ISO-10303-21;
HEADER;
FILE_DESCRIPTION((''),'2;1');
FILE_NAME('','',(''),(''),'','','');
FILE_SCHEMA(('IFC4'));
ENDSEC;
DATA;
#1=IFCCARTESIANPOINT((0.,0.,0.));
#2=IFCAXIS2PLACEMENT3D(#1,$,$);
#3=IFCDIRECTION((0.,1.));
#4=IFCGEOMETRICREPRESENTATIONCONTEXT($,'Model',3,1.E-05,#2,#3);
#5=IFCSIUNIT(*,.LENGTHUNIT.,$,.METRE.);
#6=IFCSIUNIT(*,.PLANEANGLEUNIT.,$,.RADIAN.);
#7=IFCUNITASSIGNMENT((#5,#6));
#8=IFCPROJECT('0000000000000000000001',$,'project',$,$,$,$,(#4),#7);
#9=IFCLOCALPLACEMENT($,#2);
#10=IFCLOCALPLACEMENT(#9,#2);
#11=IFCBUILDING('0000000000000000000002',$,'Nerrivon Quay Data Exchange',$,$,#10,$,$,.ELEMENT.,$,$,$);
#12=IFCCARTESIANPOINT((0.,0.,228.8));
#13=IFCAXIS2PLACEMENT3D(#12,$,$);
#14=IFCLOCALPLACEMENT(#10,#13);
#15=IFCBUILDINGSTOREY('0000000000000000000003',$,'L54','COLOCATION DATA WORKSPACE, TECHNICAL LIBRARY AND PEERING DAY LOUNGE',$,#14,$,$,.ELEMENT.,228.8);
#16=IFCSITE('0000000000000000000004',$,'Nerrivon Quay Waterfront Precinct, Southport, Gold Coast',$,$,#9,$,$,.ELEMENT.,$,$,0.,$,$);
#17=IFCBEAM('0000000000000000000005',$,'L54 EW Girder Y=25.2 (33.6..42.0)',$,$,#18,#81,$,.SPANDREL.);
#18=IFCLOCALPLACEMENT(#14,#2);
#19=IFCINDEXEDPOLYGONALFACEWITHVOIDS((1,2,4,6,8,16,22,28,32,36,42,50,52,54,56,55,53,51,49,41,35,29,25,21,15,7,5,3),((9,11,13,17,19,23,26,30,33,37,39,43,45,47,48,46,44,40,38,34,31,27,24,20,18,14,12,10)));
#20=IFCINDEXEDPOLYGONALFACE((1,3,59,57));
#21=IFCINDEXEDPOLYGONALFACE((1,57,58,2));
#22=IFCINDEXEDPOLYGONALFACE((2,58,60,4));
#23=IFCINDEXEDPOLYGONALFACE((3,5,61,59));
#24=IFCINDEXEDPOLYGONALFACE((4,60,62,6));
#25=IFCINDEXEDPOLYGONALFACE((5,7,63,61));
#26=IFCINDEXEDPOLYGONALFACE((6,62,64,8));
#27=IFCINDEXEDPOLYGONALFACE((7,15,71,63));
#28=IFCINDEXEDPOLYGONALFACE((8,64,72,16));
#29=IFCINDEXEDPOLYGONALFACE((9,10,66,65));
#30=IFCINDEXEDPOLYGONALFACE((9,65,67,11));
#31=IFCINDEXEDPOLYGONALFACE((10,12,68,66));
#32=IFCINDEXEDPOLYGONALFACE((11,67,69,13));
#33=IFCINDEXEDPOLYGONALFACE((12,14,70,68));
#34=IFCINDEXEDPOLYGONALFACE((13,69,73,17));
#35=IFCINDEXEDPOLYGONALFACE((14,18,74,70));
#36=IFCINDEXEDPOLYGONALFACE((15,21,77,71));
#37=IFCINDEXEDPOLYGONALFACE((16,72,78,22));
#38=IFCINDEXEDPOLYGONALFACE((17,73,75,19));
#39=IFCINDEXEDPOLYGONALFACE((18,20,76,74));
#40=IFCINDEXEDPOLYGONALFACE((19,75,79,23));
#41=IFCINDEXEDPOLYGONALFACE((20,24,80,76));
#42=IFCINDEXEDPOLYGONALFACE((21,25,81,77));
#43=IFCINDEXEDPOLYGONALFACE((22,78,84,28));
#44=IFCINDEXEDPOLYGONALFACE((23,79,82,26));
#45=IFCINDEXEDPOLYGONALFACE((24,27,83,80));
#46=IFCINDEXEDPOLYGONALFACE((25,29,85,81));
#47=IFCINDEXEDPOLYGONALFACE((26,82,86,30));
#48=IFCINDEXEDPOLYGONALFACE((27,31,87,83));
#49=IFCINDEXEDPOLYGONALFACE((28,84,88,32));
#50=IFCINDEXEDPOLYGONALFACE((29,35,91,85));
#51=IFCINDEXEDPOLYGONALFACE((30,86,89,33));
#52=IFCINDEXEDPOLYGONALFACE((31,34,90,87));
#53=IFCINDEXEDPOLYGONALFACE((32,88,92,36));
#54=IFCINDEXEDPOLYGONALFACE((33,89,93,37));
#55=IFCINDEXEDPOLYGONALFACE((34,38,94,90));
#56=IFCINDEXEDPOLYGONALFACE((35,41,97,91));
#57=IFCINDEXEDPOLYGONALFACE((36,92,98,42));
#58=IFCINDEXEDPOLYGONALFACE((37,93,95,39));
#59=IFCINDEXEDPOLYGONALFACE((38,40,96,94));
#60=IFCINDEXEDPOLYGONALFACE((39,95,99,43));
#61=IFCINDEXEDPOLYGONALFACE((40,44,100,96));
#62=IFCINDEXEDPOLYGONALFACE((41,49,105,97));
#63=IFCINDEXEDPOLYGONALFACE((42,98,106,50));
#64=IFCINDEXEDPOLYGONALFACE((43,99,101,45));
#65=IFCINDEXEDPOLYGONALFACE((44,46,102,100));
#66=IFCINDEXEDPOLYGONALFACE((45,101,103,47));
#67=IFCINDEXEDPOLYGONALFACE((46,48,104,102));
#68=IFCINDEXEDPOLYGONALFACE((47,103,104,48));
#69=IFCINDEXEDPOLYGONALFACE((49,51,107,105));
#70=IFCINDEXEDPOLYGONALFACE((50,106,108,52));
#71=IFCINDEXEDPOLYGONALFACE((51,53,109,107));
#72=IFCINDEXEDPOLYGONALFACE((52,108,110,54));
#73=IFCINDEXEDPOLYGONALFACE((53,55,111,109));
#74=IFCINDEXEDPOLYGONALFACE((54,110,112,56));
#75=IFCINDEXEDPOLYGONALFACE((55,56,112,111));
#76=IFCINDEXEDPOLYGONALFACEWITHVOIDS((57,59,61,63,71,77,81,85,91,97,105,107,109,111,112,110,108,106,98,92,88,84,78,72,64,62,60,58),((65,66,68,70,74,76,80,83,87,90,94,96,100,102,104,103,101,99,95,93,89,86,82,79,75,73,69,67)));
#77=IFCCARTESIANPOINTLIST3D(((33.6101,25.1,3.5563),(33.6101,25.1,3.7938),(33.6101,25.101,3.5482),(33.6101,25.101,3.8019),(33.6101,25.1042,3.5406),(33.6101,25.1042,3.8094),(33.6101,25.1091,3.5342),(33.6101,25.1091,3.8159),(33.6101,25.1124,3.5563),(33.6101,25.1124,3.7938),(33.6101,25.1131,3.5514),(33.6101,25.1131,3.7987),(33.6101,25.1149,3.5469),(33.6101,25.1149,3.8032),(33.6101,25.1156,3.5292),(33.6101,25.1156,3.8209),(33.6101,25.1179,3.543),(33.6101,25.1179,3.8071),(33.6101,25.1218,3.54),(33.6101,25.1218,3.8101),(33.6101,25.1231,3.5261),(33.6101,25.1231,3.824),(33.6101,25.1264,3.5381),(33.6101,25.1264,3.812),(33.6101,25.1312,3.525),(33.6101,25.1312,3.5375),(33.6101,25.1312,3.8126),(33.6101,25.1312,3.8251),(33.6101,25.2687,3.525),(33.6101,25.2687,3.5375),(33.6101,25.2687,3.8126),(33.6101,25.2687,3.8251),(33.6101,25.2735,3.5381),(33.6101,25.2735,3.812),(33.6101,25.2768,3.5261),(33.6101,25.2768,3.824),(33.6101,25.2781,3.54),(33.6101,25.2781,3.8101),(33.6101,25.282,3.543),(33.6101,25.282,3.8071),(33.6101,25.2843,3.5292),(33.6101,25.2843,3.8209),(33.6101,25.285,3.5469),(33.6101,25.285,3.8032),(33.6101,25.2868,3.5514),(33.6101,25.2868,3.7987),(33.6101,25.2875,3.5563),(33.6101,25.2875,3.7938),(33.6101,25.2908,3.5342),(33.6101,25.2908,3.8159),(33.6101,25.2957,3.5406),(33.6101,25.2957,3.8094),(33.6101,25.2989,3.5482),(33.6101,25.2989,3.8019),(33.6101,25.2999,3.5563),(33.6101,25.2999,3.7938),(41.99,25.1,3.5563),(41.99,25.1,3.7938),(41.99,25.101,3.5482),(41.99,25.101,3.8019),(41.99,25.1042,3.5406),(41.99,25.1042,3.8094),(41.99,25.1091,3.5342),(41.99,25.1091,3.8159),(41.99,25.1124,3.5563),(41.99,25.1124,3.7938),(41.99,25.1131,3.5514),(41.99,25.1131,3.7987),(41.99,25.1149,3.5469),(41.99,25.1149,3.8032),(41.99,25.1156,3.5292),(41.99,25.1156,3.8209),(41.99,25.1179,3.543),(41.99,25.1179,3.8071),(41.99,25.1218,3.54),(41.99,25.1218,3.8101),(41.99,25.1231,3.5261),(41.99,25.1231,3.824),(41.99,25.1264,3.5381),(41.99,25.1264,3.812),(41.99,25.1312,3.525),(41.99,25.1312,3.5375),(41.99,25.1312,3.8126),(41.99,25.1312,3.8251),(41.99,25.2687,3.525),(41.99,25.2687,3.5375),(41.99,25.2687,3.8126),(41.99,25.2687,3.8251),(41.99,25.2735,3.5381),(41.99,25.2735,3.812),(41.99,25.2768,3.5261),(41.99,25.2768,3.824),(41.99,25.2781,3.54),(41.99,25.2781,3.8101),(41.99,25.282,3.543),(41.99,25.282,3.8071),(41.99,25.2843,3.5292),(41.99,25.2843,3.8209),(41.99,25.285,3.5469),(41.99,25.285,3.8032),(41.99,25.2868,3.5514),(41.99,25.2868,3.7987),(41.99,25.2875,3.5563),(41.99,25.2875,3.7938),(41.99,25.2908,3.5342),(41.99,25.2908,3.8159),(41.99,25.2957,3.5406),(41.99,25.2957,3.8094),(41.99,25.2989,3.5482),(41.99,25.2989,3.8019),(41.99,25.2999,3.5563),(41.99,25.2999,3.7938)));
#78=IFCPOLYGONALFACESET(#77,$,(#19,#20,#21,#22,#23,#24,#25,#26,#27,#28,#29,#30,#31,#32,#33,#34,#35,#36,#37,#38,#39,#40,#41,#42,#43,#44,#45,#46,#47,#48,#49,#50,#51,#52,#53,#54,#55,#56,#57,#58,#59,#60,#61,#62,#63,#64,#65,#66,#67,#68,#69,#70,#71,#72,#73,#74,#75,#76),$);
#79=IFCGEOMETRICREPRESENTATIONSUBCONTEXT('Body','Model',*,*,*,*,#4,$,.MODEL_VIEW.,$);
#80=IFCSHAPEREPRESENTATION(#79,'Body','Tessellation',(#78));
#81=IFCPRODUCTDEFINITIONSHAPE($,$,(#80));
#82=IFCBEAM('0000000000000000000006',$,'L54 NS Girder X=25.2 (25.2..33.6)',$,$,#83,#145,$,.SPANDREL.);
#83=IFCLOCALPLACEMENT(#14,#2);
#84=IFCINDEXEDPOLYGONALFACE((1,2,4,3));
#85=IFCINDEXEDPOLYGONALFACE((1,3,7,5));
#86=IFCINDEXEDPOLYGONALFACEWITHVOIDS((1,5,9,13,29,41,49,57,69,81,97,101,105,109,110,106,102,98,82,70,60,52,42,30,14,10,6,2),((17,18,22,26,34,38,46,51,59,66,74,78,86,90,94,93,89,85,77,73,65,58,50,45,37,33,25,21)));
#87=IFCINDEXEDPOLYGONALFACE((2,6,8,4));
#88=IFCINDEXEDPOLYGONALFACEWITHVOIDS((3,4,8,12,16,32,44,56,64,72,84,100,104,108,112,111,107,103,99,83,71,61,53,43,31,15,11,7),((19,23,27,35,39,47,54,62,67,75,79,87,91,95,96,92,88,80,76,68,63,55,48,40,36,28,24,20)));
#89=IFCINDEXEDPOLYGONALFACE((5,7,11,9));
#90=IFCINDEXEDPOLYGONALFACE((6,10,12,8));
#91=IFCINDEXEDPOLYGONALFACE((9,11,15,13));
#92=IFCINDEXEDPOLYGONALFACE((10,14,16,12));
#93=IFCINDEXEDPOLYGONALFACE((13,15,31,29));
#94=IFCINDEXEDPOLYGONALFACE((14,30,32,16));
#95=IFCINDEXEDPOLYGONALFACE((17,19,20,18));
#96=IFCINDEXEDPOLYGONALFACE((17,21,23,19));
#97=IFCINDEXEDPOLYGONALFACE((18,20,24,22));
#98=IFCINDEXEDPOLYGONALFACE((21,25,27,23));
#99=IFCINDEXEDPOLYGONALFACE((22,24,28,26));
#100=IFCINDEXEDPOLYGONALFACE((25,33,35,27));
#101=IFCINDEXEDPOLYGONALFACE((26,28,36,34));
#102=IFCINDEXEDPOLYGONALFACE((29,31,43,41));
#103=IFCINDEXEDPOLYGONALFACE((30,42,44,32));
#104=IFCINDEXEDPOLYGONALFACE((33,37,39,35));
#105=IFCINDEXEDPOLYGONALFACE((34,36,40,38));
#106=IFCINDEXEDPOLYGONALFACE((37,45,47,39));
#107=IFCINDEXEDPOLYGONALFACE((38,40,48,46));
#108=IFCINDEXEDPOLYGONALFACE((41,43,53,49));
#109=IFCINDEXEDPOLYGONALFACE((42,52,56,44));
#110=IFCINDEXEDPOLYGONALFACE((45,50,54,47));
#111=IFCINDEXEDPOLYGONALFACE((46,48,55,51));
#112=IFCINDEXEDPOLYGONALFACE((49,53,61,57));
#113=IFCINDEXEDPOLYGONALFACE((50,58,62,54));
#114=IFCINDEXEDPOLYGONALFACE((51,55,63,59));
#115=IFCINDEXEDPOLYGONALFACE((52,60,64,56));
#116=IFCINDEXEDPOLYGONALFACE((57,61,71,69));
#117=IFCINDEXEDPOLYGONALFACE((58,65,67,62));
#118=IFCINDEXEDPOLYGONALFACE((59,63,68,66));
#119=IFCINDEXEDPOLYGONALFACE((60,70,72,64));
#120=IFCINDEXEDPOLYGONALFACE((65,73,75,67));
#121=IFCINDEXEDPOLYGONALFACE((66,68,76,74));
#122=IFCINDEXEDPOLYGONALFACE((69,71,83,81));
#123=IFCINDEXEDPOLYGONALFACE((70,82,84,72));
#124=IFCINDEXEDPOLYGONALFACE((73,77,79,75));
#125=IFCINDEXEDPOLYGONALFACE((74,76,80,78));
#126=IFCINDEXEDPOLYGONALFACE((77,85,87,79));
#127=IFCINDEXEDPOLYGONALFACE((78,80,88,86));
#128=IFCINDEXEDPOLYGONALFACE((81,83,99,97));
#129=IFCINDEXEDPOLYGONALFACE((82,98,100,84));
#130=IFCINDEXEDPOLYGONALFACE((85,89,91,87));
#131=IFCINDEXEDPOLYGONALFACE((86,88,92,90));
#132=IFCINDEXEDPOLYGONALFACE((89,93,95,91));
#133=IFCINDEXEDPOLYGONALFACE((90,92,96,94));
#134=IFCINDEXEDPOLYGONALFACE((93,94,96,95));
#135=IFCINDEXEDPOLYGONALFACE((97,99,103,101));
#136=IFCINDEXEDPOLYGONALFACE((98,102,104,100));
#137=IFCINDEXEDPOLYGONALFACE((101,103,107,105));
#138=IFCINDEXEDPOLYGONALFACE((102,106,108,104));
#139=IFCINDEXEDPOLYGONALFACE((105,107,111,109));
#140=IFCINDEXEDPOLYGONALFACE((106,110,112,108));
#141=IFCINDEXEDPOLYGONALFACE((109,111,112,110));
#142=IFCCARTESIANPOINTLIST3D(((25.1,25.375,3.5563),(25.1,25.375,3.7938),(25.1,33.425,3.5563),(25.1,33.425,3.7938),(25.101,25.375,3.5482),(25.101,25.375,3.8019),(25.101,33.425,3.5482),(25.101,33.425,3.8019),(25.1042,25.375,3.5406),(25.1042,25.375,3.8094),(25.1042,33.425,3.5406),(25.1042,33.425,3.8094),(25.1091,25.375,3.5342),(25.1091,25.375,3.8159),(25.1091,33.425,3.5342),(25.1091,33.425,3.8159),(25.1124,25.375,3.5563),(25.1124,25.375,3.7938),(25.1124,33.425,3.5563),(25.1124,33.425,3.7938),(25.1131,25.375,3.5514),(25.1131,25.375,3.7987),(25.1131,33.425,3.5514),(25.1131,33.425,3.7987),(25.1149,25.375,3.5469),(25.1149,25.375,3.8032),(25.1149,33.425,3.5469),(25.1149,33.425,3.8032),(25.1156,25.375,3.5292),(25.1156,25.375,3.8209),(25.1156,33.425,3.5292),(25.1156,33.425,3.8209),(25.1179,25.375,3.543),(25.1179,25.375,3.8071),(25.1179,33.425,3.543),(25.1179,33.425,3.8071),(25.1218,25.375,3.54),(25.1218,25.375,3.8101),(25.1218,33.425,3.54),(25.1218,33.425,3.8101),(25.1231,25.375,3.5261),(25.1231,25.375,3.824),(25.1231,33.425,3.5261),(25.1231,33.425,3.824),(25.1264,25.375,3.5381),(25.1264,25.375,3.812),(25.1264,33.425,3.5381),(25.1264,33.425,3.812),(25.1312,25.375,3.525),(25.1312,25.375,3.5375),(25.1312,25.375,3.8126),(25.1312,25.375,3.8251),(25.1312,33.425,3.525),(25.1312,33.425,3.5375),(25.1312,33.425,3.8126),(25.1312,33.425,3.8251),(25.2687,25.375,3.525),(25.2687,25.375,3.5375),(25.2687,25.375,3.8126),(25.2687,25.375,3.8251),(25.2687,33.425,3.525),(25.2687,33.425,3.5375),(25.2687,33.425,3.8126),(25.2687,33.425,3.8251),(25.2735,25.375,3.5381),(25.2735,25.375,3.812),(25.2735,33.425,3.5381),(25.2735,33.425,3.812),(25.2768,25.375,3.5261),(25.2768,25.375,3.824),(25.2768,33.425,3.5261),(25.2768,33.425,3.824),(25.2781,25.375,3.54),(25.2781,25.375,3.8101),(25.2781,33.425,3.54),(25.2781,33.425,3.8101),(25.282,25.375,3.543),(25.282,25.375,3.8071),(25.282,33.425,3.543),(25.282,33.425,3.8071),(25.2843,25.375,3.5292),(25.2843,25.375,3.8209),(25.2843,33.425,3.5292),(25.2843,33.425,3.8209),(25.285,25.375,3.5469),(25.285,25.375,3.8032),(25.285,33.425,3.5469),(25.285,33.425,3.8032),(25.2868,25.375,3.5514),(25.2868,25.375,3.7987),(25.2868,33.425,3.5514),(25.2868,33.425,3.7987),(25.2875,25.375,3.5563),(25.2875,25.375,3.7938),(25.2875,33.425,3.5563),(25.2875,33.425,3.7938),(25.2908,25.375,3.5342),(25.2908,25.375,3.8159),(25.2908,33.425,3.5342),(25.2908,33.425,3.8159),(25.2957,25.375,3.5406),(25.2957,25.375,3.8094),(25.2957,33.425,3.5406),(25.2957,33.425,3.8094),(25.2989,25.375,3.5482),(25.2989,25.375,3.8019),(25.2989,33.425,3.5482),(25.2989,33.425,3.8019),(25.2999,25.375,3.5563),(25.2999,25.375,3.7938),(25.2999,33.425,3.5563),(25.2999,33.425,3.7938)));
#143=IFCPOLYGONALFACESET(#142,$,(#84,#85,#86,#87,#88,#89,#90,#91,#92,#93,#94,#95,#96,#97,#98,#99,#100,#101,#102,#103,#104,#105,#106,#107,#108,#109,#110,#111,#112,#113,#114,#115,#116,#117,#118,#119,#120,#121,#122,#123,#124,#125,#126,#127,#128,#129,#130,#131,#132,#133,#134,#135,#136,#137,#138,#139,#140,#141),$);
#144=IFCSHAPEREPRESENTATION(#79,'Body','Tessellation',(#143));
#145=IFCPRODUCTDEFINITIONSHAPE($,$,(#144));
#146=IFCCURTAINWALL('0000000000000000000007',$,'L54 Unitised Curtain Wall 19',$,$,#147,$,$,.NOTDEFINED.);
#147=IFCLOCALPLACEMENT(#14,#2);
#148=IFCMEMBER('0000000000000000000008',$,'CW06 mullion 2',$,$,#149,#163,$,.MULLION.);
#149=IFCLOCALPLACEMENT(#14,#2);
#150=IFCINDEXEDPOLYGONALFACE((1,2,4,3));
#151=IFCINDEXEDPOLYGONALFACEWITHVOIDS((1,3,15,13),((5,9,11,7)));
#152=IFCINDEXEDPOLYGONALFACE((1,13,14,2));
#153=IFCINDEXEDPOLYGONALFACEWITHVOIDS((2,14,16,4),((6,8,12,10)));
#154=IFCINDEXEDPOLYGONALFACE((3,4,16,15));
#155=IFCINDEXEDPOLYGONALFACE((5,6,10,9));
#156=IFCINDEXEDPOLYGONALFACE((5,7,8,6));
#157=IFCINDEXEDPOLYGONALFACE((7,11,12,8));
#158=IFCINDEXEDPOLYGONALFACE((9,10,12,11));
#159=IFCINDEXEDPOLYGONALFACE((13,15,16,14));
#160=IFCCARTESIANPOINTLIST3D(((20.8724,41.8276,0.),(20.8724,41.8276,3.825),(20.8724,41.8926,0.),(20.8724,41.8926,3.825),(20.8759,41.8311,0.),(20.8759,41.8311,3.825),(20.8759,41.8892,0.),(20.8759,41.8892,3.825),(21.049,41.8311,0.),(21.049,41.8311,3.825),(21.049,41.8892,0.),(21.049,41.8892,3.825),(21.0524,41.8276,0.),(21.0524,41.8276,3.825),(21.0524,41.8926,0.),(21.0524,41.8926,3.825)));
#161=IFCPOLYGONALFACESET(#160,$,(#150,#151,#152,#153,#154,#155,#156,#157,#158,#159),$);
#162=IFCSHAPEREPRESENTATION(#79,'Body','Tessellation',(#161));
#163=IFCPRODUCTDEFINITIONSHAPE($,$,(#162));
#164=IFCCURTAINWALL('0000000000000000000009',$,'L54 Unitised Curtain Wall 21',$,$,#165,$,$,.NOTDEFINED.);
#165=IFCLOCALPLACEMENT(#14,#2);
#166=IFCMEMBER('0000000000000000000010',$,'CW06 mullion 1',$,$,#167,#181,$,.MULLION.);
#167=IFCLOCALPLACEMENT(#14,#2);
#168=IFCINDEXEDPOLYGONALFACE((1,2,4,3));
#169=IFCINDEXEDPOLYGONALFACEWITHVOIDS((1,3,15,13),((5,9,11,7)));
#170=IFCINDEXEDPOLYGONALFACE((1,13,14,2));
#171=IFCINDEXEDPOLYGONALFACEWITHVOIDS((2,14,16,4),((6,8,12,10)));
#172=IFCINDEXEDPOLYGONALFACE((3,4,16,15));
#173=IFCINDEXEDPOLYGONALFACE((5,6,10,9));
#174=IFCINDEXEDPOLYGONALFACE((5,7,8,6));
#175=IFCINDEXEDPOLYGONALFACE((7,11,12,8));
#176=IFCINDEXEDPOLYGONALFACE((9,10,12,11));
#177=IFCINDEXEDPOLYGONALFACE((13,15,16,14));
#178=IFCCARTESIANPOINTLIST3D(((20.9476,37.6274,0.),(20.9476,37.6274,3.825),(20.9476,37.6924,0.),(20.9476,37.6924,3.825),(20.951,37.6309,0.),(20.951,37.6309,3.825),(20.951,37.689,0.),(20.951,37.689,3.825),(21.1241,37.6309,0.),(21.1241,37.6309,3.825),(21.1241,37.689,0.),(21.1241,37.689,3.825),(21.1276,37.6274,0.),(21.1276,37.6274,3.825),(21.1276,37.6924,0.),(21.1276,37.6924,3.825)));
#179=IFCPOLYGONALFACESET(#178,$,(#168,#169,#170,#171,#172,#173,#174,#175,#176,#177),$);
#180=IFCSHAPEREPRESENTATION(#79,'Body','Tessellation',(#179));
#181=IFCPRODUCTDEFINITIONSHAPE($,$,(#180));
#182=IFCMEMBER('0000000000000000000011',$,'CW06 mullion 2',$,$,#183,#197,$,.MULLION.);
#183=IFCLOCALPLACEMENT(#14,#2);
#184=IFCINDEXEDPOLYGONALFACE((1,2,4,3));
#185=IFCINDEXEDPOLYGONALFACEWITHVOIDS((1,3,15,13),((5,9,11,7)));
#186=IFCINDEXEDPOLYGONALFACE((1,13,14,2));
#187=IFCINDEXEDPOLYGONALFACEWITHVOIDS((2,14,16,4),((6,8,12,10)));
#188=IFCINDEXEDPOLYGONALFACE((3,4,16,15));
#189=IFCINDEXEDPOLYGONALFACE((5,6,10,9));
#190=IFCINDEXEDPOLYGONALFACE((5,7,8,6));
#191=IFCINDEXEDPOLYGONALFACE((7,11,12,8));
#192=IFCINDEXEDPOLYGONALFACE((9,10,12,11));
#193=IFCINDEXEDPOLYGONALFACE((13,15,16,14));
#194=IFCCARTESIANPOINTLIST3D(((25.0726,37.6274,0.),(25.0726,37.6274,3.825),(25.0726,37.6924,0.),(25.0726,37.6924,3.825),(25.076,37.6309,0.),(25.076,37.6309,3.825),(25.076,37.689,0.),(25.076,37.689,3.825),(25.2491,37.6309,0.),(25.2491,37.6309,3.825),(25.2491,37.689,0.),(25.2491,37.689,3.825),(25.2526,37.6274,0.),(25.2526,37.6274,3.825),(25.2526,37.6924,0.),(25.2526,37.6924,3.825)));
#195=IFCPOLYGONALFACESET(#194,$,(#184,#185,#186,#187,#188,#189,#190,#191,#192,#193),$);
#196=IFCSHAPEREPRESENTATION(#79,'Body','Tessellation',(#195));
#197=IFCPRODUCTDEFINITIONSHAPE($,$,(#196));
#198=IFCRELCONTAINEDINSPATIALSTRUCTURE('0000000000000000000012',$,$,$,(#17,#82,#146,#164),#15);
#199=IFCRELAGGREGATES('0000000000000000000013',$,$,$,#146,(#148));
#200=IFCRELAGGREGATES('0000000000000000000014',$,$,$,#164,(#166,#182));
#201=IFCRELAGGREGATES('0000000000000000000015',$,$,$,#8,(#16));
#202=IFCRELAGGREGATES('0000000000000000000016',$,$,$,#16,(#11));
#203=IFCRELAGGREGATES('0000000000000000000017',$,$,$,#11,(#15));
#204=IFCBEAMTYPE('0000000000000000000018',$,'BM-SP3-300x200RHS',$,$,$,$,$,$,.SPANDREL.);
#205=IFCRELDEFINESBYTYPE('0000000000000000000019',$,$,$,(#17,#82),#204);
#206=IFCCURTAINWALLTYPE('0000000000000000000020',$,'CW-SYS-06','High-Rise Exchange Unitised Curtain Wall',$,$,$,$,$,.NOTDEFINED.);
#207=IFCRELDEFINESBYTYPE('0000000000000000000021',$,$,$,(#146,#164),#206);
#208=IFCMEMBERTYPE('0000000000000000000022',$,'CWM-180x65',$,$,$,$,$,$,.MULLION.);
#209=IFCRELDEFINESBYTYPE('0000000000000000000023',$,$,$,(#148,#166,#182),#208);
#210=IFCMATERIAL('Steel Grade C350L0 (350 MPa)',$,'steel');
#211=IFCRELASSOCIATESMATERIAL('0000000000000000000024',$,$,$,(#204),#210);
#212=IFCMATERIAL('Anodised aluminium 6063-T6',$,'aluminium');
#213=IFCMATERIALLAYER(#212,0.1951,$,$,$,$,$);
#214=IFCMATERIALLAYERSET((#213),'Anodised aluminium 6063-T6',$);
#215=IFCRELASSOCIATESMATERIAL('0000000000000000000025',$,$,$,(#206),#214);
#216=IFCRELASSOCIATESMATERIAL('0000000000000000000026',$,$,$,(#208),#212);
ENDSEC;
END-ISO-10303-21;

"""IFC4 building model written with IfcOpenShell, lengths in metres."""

from ifc_helpers import new_model, si_unit, direction, frame, origin, origin_2d, place, context, subcontext, project, spatial, hollow_rectangle, extrude, material, layer, layer_set, material_profile, profile_set, type_object, element, aggregate, save


model = new_model("IFC4")

# Units and contexts
model_context = context("Model", 3, precision=1e-05, world=origin(), true_north=direction((0.0, 1.0)))
body_context = subcontext(model_context, "Body", "Model", "MODEL_VIEW")
ifc_project = project(units=[si_unit("LENGTHUNIT", "METRE"), si_unit("PLANEANGLEUNIT", "RADIAN")], contexts=[model_context])

# Site, building, storey
site_placement = place(None, origin())
site = spatial("IfcSite", under=ifc_project, at=site_placement, Name="Nerrivon Quay Waterfront Precinct, Southport, Gold Coast", CompositionType="ELEMENT", RefElevation=0.0)
building_placement = place(site_placement, origin())
building = spatial("IfcBuilding", under=site, at=building_placement, Name="Nerrivon Quay Data Exchange", CompositionType="ELEMENT")
storey_placement = place(building_placement, frame((0.0, 0.0, 228.8)))
storey = spatial("IfcBuildingStorey", under=building, at=storey_placement, Name="L54", Description="COLOCATION DATA WORKSPACE, TECHNICAL LIBRARY AND PEERING DAY LOUNGE", CompositionType="ELEMENT", Elevation=228.8)

# Beams
ifc_material_1 = material(Name="Steel Grade C350L0 (350 MPa)", Category="steel")
ifc_material_profile_1 = material_profile(ifc_material_1, hollow_rectangle(XDim=0.2, YDim=0.3, WallThickness=0.0125, InnerFilletRadius=0.0188, OuterFilletRadius=0.0312, at=origin_2d()), Name="300x200x12.5RHS")
ifc_profile_set_1 = profile_set([ifc_material_profile_1], Name="Steel Grade C350L0 (350 MPa)")
beam_type_1 = type_object("IfcBeamType", Name="BM-SP3-300x200RHS", PredefinedType="SPANDREL", material=ifc_profile_set_1)
beam_1_placement = place(storey_placement, frame((33.6101, 25.2, 3.675), z_axis=(1.0, 0.0, 0.0), x_axis=(0.0, 1.0, 0.0)))
element("IfcBeam", 1, at=beam_1_placement, inside=storey, type_object=beam_type_1, Name="L54 EW Girder Y=25.2 (33.6..42.0)", PredefinedType="SPANDREL", context=body_context, shape_type="SweptSolid", body=[
    extrude(hollow_rectangle(XDim=0.2, YDim=0.3, WallThickness=0.0125, InnerFilletRadius=0.0188, OuterFilletRadius=0.0312, at=origin_2d()), origin(), (0.0, 0.0, 1.0), 8.3799),
])
beam_2_placement = place(storey_placement, frame((25.2, 25.375, 3.675), z_axis=(0.0, 1.0, 0.0), x_axis=(-1.0, 0.0, 0.0)))
element("IfcBeam", 2, at=beam_2_placement, inside=storey, type_object=beam_type_1, Name="L54 NS Girder X=25.2 (25.2..33.6)", PredefinedType="SPANDREL", context=body_context, shape_type="SweptSolid", body=[
    extrude(hollow_rectangle(XDim=0.2, YDim=0.3, WallThickness=0.0125, InnerFilletRadius=0.0188, OuterFilletRadius=0.0312, at=origin_2d()), origin(), (0.0, 0.0, 1.0), 8.05),
])

# Curtain wall, member
ifc_material_2 = material(Name="Anodised aluminium 6063-T6", Category="aluminium")
ifc_layer_1 = layer(ifc_material_2, 0.1951)
ifc_layer_set_1 = layer_set([ifc_layer_1], Name="Anodised aluminium 6063-T6")
curtain_wall_type = type_object("IfcCurtainWallType", Name="CW-SYS-06", Description="High-Rise Exchange Unitised Curtain Wall", PredefinedType="NOTDEFINED", material=ifc_layer_set_1)
curtain_wall_1_placement = place(storey_placement, origin())
curtain_wall_1 = element("IfcCurtainWall", 3, at=curtain_wall_1_placement, inside=storey, type_object=curtain_wall_type, Name="L54 Unitised Curtain Wall 19", PredefinedType="NOTDEFINED")
ifc_material_profile_2 = material_profile(ifc_material_2, hollow_rectangle(XDim=0.0649, YDim=0.1799, WallThickness=0.0034, at=origin_2d()), Name="ALU-MULL-180x65")
ifc_profile_set_2 = profile_set([ifc_material_profile_2], Name="Anodised aluminium 6063-T6")
member_type_1 = type_object("IfcMemberType", Name="CWM-180x65", PredefinedType="MULLION", material=ifc_profile_set_2)
member_1_placement = place(storey_placement, frame((20.9624, 41.8601, 0.0), z_axis=(0.0, 0.0, 1.0), x_axis=(0.0, 1.0, 0.0)))
member_1 = element("IfcMember", 4, at=member_1_placement, type_object=member_type_1, Name="CW06 mullion 2", PredefinedType="MULLION", context=body_context, shape_type="SweptSolid", body=[
    extrude(hollow_rectangle(XDim=0.0649, YDim=0.1799, WallThickness=0.0034, at=origin_2d()), origin(), (0.0, 0.0, 1.0), 3.825),
])
aggregate(curtain_wall_1, [member_1])

# Curtain wall, members
curtain_wall_2_placement = place(storey_placement, origin())
curtain_wall_2 = element("IfcCurtainWall", 5, at=curtain_wall_2_placement, inside=storey, type_object=curtain_wall_type, Name="L54 Unitised Curtain Wall 21", PredefinedType="NOTDEFINED")
member_2_placement = place(storey_placement, frame((21.0376, 37.6599, 0.0), z_axis=(0.0, 0.0, 1.0), x_axis=(0.0, 1.0, 0.0)))
member_2 = element("IfcMember", 6, at=member_2_placement, type_object=member_type_1, Name="CW06 mullion 1", PredefinedType="MULLION", context=body_context, shape_type="SweptSolid", body=[
    extrude(hollow_rectangle(XDim=0.0649, YDim=0.1799, WallThickness=0.0034, at=origin_2d()), origin(), (0.0, 0.0, 1.0), 3.825),
])
member_3_placement = place(storey_placement, frame((25.1626, 37.6599, 0.0), z_axis=(0.0, 0.0, 1.0), x_axis=(0.0, 1.0, 0.0)))
member_3 = element("IfcMember", 7, at=member_3_placement, type_object=member_type_1, Name="CW06 mullion 2", PredefinedType="MULLION", context=body_context, shape_type="SweptSolid", body=[
    extrude(hollow_rectangle(XDim=0.0649, YDim=0.1799, WallThickness=0.0034, at=origin_2d()), origin(), (0.0, 0.0, 1.0), 3.825),
])
aggregate(curtain_wall_2, [member_2, member_3])

save(model, "model.ifc")
